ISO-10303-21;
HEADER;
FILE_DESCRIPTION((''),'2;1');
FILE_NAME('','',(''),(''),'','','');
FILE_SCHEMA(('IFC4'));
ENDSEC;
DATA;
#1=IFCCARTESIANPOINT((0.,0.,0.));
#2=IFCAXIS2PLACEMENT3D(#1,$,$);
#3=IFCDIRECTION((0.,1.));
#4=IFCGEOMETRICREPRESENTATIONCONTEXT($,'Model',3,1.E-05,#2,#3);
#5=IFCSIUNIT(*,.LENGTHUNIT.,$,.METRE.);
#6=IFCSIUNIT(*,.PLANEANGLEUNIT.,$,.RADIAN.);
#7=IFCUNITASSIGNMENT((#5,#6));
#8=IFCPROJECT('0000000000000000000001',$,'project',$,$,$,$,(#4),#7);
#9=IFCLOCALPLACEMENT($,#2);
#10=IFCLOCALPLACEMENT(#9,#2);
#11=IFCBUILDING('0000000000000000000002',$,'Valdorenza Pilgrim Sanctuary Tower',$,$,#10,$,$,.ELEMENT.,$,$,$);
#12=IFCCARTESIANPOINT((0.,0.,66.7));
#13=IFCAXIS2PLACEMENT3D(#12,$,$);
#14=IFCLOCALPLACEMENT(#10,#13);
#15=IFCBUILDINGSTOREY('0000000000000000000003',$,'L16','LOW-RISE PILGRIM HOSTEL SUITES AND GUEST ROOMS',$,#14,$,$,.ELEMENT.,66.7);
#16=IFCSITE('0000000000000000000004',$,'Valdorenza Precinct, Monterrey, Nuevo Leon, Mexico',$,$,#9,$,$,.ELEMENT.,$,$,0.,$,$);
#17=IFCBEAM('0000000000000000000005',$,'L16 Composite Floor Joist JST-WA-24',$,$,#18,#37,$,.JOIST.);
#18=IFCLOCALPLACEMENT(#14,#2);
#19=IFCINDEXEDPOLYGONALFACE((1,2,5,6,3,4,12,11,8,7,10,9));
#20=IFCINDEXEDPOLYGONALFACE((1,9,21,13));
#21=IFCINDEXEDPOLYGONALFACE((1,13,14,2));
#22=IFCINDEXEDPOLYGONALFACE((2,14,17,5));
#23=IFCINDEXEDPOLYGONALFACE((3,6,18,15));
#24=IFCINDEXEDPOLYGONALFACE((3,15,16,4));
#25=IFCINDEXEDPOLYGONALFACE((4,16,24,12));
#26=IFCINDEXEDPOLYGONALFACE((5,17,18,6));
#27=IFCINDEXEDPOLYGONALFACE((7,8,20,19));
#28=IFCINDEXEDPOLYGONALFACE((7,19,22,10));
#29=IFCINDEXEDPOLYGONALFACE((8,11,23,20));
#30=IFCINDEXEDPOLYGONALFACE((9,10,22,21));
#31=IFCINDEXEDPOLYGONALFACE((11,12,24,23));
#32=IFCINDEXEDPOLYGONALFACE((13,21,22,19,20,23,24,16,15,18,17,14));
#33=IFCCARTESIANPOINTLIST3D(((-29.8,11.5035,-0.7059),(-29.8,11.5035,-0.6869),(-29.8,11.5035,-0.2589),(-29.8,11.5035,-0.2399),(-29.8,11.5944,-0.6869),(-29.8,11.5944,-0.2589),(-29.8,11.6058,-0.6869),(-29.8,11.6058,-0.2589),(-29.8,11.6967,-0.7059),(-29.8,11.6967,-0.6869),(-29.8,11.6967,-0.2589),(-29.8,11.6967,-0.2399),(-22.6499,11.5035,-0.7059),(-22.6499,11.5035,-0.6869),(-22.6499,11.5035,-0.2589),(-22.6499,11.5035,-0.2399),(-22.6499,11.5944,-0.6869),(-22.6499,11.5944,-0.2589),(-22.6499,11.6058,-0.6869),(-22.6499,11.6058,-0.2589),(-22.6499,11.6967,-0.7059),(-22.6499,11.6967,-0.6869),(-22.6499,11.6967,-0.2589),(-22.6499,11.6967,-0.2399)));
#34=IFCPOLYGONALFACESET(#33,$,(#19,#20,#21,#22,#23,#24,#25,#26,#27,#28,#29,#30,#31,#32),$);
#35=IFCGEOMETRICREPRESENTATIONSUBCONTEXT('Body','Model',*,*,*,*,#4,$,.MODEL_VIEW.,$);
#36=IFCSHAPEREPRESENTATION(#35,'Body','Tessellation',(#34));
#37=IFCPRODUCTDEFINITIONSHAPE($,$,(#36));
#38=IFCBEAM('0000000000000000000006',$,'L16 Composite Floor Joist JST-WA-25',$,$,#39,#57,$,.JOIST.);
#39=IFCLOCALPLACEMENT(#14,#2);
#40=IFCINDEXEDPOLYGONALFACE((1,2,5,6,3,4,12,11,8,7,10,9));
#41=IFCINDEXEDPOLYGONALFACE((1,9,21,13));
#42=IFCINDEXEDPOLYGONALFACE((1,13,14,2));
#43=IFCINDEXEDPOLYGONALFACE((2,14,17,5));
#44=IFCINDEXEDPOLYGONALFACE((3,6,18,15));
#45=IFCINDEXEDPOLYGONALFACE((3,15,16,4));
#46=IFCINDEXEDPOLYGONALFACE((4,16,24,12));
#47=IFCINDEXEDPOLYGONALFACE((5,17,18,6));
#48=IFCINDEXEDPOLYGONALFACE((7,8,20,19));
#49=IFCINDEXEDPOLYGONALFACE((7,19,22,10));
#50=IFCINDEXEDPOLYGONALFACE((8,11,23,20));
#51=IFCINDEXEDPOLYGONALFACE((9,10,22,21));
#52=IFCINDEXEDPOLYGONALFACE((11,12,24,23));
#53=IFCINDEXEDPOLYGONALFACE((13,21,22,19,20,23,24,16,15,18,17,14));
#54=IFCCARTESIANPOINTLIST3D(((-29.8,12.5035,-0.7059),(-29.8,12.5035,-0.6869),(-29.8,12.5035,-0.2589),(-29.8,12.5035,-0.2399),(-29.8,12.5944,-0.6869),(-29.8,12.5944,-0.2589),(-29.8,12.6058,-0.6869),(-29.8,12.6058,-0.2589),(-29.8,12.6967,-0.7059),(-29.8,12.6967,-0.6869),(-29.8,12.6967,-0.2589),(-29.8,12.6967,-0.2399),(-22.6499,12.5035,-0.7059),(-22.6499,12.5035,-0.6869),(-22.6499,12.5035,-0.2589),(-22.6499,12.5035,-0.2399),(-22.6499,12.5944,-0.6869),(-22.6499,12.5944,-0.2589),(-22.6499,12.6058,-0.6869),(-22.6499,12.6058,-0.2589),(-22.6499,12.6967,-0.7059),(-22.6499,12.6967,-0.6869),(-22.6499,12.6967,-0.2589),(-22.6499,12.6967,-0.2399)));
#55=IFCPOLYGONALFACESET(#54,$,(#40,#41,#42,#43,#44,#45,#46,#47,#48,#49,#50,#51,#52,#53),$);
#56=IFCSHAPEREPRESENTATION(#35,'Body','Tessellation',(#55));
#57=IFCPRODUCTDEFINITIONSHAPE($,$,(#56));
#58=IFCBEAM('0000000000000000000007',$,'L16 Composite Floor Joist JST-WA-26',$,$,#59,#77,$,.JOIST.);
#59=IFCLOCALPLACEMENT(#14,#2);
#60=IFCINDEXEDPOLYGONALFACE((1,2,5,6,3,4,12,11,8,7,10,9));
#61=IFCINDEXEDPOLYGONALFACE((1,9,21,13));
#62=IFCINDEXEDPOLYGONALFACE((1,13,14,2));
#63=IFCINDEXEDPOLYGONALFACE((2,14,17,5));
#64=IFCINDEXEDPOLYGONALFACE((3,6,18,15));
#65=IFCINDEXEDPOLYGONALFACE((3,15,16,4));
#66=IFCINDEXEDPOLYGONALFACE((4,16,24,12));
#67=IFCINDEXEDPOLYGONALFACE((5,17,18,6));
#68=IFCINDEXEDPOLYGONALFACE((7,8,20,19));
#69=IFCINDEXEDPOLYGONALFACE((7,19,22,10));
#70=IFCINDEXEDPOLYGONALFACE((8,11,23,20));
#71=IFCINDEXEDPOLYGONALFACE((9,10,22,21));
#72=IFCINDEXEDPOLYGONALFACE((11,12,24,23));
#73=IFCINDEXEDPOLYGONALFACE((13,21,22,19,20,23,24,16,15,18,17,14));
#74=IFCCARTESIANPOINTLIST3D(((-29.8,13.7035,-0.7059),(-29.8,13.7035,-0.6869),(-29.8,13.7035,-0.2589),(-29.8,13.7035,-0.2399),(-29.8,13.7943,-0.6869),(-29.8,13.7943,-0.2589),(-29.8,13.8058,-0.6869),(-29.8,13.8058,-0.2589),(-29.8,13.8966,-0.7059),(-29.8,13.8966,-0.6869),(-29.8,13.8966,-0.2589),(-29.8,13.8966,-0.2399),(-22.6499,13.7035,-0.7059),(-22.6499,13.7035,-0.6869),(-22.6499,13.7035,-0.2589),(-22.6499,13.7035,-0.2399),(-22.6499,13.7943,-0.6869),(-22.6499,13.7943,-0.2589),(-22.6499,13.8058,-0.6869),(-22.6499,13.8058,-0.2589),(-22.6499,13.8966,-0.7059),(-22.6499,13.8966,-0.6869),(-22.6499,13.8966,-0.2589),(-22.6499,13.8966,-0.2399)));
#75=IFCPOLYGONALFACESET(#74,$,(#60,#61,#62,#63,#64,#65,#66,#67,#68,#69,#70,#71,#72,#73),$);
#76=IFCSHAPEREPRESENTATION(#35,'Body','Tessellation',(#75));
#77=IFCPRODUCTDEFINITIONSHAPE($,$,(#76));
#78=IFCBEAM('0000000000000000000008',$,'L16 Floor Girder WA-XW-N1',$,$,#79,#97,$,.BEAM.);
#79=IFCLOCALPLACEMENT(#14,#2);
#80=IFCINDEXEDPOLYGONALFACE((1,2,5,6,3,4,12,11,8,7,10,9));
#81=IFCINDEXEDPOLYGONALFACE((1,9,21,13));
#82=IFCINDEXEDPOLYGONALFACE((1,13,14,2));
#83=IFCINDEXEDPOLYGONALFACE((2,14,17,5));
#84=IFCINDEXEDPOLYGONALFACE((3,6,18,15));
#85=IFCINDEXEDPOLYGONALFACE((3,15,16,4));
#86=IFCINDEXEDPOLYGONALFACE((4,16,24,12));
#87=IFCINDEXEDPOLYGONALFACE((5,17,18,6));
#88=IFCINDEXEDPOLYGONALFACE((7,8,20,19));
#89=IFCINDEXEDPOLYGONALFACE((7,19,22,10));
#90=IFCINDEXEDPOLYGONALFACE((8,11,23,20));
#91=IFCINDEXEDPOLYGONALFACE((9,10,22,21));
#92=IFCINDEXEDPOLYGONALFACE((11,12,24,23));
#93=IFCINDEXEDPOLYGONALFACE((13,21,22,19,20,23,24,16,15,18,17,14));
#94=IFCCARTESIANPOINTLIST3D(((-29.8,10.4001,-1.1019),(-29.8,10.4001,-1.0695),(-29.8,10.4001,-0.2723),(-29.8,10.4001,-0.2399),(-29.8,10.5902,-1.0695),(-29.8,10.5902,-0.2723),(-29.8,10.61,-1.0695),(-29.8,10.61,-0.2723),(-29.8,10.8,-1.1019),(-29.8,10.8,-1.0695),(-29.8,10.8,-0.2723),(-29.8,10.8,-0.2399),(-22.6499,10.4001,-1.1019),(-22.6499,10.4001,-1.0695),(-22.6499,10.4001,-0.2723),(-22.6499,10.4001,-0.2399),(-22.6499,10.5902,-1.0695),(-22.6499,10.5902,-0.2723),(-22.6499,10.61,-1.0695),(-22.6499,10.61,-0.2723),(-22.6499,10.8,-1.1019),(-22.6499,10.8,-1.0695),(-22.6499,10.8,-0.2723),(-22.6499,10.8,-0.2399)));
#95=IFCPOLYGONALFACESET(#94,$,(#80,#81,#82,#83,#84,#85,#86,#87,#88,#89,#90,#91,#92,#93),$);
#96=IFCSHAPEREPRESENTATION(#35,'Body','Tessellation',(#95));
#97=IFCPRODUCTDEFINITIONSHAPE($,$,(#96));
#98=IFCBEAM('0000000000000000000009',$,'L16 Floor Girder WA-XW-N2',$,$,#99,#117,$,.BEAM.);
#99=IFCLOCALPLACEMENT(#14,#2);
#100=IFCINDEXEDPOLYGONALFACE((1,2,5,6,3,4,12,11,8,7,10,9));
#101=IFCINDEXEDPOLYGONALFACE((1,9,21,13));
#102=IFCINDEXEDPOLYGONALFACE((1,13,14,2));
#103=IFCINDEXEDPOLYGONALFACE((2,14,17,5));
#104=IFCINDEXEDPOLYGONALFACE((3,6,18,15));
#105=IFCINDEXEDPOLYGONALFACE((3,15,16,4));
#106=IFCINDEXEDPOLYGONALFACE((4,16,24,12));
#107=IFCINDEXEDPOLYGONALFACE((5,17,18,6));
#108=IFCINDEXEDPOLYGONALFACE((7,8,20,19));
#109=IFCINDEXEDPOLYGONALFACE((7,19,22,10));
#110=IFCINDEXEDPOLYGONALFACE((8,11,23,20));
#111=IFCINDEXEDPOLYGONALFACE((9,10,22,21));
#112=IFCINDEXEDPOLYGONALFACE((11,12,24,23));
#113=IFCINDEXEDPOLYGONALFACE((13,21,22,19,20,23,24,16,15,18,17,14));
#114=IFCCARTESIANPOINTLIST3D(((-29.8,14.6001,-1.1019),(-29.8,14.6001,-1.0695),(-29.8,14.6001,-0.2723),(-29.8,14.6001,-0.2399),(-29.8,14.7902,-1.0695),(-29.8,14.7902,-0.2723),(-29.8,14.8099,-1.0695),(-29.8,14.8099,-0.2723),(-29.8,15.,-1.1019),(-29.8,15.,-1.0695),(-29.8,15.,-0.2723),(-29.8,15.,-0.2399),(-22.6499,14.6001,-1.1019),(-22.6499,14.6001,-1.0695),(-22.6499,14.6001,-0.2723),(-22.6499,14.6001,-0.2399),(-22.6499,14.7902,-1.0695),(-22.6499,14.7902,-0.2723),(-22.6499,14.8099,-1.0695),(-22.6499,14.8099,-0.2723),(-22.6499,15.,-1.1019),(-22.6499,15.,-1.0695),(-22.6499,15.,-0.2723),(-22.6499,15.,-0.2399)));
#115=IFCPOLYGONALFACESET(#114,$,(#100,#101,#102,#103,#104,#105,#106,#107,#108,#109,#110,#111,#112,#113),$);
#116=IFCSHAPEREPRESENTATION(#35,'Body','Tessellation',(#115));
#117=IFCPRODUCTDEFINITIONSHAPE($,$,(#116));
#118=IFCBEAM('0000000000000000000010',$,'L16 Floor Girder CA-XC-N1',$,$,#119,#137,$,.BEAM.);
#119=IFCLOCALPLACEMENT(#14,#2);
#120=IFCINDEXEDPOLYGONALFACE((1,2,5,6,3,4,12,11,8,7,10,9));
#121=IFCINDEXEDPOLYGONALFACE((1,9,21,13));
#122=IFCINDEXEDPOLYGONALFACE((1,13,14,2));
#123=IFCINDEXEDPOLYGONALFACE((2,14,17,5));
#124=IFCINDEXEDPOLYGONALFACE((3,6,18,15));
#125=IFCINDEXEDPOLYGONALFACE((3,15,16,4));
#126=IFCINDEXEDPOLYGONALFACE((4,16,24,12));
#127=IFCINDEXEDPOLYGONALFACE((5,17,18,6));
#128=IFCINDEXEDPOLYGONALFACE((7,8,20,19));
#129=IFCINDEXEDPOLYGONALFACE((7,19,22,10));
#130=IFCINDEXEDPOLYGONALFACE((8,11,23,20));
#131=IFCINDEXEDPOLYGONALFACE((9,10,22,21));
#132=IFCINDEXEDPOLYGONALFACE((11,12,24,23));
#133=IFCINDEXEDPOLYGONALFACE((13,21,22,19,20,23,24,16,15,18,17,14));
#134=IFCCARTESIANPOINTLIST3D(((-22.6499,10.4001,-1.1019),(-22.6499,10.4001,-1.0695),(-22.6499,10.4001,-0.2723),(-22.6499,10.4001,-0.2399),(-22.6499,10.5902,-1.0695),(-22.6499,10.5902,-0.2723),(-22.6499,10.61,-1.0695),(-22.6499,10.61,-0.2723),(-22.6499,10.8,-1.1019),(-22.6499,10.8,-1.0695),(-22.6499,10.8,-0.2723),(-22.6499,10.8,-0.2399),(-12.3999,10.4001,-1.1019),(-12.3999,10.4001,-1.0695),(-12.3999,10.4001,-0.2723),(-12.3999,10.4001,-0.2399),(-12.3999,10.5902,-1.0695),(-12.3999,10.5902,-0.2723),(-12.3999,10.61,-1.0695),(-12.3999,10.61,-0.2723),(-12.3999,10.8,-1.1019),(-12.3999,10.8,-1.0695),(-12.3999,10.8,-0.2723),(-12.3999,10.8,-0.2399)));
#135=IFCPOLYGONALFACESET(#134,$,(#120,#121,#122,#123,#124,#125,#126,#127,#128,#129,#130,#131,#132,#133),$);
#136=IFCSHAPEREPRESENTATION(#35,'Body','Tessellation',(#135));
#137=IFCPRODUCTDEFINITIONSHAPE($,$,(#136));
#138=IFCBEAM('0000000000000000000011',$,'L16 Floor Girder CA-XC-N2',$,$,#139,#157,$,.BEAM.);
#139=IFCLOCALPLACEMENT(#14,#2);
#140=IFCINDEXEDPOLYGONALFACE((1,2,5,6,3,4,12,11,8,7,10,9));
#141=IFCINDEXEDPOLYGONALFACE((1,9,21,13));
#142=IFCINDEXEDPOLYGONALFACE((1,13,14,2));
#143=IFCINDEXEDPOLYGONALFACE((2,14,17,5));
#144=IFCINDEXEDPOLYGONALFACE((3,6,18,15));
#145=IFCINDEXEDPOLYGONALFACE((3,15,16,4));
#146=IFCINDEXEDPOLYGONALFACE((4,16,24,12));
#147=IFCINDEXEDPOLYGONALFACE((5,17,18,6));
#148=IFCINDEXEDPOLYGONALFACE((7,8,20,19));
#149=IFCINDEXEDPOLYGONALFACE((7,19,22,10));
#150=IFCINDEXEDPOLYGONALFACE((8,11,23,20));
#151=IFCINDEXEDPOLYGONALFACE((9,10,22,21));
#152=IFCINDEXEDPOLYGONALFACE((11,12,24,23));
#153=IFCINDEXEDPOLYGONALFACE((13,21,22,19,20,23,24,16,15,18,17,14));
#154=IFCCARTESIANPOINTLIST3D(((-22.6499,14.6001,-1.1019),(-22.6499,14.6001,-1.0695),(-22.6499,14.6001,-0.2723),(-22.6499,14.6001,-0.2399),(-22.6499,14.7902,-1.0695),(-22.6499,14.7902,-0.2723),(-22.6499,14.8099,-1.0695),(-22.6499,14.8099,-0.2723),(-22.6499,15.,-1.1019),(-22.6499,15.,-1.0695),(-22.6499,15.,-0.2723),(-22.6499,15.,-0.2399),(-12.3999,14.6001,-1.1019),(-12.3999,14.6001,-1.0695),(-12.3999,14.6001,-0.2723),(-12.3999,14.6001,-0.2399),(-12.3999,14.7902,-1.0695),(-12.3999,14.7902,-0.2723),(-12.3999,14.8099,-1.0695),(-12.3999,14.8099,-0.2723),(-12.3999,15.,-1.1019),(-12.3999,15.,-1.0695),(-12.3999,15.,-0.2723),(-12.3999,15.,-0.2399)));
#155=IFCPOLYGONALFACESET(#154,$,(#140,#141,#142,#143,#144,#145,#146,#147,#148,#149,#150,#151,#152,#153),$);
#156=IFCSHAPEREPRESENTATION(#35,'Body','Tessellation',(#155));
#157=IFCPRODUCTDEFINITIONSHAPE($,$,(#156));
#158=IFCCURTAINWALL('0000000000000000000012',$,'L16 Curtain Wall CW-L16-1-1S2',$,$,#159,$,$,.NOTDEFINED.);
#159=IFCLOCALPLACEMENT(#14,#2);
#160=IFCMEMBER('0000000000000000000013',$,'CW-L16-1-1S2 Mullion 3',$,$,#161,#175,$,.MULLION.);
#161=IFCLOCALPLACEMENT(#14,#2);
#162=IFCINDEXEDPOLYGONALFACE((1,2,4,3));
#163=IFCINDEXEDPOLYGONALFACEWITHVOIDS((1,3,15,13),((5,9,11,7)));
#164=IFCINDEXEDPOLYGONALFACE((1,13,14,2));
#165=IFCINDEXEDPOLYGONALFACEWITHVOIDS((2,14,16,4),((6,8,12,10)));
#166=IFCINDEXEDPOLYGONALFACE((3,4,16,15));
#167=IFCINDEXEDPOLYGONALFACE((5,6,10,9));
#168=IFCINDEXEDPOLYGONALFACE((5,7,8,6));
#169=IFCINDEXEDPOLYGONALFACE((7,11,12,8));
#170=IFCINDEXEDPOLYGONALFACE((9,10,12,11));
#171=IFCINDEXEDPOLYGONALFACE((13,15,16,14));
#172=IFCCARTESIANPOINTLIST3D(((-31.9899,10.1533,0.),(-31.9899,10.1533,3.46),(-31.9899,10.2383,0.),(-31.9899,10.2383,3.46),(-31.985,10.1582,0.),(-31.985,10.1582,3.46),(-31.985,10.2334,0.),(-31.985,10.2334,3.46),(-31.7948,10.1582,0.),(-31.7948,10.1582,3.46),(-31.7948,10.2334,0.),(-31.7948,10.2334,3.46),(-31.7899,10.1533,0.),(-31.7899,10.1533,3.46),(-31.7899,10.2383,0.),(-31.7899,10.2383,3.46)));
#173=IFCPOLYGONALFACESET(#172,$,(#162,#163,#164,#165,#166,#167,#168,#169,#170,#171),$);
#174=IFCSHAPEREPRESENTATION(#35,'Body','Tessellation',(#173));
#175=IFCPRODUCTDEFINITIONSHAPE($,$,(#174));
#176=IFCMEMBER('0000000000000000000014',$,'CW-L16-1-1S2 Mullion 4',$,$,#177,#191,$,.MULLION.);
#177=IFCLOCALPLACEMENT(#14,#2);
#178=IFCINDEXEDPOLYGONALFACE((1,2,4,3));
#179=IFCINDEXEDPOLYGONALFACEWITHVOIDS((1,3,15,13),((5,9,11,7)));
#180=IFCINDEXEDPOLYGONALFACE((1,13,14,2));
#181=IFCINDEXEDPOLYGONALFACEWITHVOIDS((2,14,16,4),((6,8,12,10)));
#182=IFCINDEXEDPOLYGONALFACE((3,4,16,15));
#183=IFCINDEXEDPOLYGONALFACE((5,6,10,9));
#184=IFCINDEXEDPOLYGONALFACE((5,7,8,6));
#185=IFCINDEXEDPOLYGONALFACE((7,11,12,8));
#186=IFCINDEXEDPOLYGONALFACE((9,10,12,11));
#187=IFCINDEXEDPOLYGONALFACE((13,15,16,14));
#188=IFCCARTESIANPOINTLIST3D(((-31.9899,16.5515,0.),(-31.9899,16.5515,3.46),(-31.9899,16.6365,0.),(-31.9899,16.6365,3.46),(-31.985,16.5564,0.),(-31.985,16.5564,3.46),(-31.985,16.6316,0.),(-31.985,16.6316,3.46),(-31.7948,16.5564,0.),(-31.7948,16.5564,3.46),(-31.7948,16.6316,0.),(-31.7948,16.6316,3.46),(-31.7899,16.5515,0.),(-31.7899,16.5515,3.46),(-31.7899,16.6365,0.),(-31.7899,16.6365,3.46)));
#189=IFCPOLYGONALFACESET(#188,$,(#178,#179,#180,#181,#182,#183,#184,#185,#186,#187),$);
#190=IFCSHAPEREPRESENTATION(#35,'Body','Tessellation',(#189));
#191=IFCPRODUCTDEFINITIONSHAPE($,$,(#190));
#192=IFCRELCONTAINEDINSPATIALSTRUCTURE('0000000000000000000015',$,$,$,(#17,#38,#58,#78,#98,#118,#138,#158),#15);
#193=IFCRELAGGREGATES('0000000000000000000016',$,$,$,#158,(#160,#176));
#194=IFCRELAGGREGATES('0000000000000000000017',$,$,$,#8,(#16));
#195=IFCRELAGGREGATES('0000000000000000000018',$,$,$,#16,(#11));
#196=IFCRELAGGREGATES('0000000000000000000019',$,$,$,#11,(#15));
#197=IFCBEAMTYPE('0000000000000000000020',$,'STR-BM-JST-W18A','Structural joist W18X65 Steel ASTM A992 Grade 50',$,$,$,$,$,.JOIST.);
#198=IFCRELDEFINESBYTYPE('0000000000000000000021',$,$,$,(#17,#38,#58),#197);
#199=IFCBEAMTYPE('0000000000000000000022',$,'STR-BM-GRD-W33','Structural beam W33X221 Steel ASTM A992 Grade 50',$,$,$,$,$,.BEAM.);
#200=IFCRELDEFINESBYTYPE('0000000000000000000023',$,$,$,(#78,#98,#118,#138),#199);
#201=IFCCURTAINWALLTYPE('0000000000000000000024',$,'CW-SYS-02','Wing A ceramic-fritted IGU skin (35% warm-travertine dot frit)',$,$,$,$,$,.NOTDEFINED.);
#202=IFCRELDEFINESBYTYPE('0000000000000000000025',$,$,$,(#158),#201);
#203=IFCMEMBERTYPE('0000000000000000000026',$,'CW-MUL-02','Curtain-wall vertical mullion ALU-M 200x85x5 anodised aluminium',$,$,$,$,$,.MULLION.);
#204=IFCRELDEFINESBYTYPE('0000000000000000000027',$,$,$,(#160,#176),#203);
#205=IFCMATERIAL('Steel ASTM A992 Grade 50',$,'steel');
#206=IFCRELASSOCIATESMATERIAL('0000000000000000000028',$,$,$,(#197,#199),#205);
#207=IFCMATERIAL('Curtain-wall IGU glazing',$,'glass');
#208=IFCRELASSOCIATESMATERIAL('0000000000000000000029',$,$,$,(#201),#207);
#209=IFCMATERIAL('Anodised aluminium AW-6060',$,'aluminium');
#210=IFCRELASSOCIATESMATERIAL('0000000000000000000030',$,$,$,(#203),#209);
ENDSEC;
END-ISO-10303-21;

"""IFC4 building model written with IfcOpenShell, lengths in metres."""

from ifc_helpers import new_model, si_unit, direction, frame, origin, origin_2d, place, context, subcontext, project, spatial, hollow_rectangle, i_section, extrude, source, transform, mapped, material, material_profile, profile_set, type_object, element, aggregate, save


model = new_model("IFC4")

# Units and contexts
model_context = context("Model", 3, precision=1e-05, world=origin(), true_north=direction((0.0, 1.0)))
body_context = subcontext(model_context, "Body", "Model", "MODEL_VIEW")
ifc_project = project(units=[si_unit("LENGTHUNIT", "METRE"), si_unit("PLANEANGLEUNIT", "RADIAN")], contexts=[model_context])

# Site, building, storey
site_placement = place(None, origin())
site = spatial("IfcSite", under=ifc_project, at=site_placement, Name="Valdorenza Precinct, Monterrey, Nuevo Leon, Mexico", CompositionType="ELEMENT", RefElevation=0.0)
building_placement = place(site_placement, origin())
building = spatial("IfcBuilding", under=site, at=building_placement, Name="Valdorenza Pilgrim Sanctuary Tower", CompositionType="ELEMENT")
storey_placement = place(building_placement, frame((0.0, 0.0, 66.7)))
storey = spatial("IfcBuildingStorey", under=building, at=storey_placement, Name="L16", Description="LOW-RISE PILGRIM HOSTEL SUITES AND GUEST ROOMS", CompositionType="ELEMENT", Elevation=66.7)

# Beams
ifc_material_1 = material(Name="Steel ASTM A992 Grade 50", Category="steel")
ifc_material_profile_1 = material_profile(ifc_material_1, i_section(OverallWidth=0.1931, OverallDepth=0.4661, WebThickness=0.0115, FlangeThickness=0.019, at=origin_2d()), Name="W18X65")
ifc_profile_set_1 = profile_set([ifc_material_profile_1], Name="Steel ASTM A992 Grade 50")
beam_type_1 = type_object("IfcBeamType", Name="STR-BM-JST-W18A", Description="Structural joist W18X65 Steel ASTM A992 Grade 50", PredefinedType="JOIST", material=ifc_profile_set_1)
shared_shape_1 = source(origin(), body_context, "Body", "SweptSolid", [
    extrude(i_section(OverallWidth=0.1931, OverallDepth=0.4661, WebThickness=0.0115, FlangeThickness=0.019, at=origin_2d()), origin(), (0.0, 0.0, 1.0), 7.1501),
])
for number, where, z_axis, x_axis, name in (
    (1, (-29.8, 11.6001, -0.4729), (1.0, 0.0, 0.0), (0.0, 1.0, 0.0), "L16 Composite Floor Joist JST-WA-24"),
    (2, (-29.8, 12.6001, -0.4729), (1.0, 0.0, 0.0), (0.0, 1.0, 0.0), "L16 Composite Floor Joist JST-WA-25"),
    (3, (-29.8, 13.8, -0.4729), (1.0, 0.0, 0.0), (0.0, 1.0, 0.0), "L16 Composite Floor Joist JST-WA-26"),
):
    element("IfcBeam", number, at=place(storey_placement, frame(where, z_axis=z_axis, x_axis=x_axis)), inside=storey, type_object=beam_type_1, Name=name, PredefinedType="JOIST", context=body_context, shape_type="MappedRepresentation", body=[
        mapped(shared_shape_1, transform((0.0, 0.0, 0.0), x_axis=(1.0, 0.0, 0.0), y_axis=(0.0, 1.0, 0.0), z_axis=(0.0, 0.0, 1.0), scale=1.0)),
    ])
ifc_material_profile_2 = material_profile(ifc_material_1, i_section(OverallWidth=0.3999, OverallDepth=0.8621, WebThickness=0.0198, FlangeThickness=0.0325, at=origin_2d()), Name="W33X221")
ifc_profile_set_2 = profile_set([ifc_material_profile_2], Name="Steel ASTM A992 Grade 50")
beam_type_2 = type_object("IfcBeamType", Name="STR-BM-GRD-W33", Description="Structural beam W33X221 Steel ASTM A992 Grade 50", PredefinedType="BEAM", material=ifc_profile_set_2)
shared_shape_2 = source(origin(), body_context, "Body", "SweptSolid", [
    extrude(i_section(OverallWidth=0.3999, OverallDepth=0.8621, WebThickness=0.0198, FlangeThickness=0.0325, at=origin_2d()), origin(), (0.0, 0.0, 1.0), 7.1501),
])
for number, where, z_axis, x_axis, name in (
    (4, (-29.8, 10.6001, -0.6709), (1.0, 0.0, 0.0), (0.0, 1.0, 0.0), "L16 Floor Girder WA-XW-N1"),
    (5, (-29.8, 14.8, -0.6709), (1.0, 0.0, 0.0), (0.0, 1.0, 0.0), "L16 Floor Girder WA-XW-N2"),
):
    element("IfcBeam", number, at=place(storey_placement, frame(where, z_axis=z_axis, x_axis=x_axis)), inside=storey, type_object=beam_type_2, Name=name, PredefinedType="BEAM", context=body_context, shape_type="MappedRepresentation", body=[
        mapped(shared_shape_2, transform((0.0, 0.0, 0.0), x_axis=(1.0, 0.0, 0.0), y_axis=(0.0, 1.0, 0.0), z_axis=(0.0, 0.0, 1.0), scale=1.0)),
    ])
shared_shape_3 = source(origin(), body_context, "Body", "SweptSolid", [
    extrude(i_section(OverallWidth=0.3999, OverallDepth=0.8621, WebThickness=0.0198, FlangeThickness=0.0325, at=origin_2d()), origin(), (0.0, 0.0, 1.0), 10.25),
])
for number, where, z_axis, x_axis, name in (
    (6, (-22.6499, 10.6001, -0.6709), (1.0, 0.0, 0.0), (0.0, 1.0, 0.0), "L16 Floor Girder CA-XC-N1"),
    (7, (-22.6499, 14.8, -0.6709), (1.0, 0.0, 0.0), (0.0, 1.0, 0.0), "L16 Floor Girder CA-XC-N2"),
):
    element("IfcBeam", number, at=place(storey_placement, frame(where, z_axis=z_axis, x_axis=x_axis)), inside=storey, type_object=beam_type_2, Name=name, PredefinedType="BEAM", context=body_context, shape_type="MappedRepresentation", body=[
        mapped(shared_shape_3, transform((0.0, 0.0, 0.0), x_axis=(1.0, 0.0, 0.0), y_axis=(0.0, 1.0, 0.0), z_axis=(0.0, 0.0, 1.0), scale=1.0)),
    ])

# Curtain wall, members
ifc_material_2 = material(Name="Curtain-wall IGU glazing", Category="glass")
curtain_wall_type = type_object("IfcCurtainWallType", Name="CW-SYS-02", Description="Wing A ceramic-fritted IGU skin (35% warm-travertine dot frit)", PredefinedType="NOTDEFINED", material=ifc_material_2)
curtain_wall_1_placement = place(storey_placement, origin())
curtain_wall_1 = element("IfcCurtainWall", 8, at=curtain_wall_1_placement, inside=storey, type_object=curtain_wall_type, Name="L16 Curtain Wall CW-L16-1-1S2", PredefinedType="NOTDEFINED")
ifc_material_3 = material(Name="Anodised aluminium AW-6060", Category="aluminium")
ifc_material_profile_3 = material_profile(ifc_material_3, hollow_rectangle(XDim=0.085, YDim=0.2, WallThickness=0.0049, at=origin_2d()), Name="ALU-M 200x85x5")
ifc_profile_set_3 = profile_set([ifc_material_profile_3], Name="Anodised aluminium AW-6060")
member_type_1 = type_object("IfcMemberType", Name="CW-MUL-02", Description="Curtain-wall vertical mullion ALU-M 200x85x5 anodised aluminium", PredefinedType="MULLION", material=ifc_profile_set_3)
shared_shape_4 = source(origin(), body_context, "Body", "SweptSolid", [
    extrude(hollow_rectangle(XDim=0.085, YDim=0.2, WallThickness=0.0049, at=origin_2d()), origin(), (0.0, 0.0, 1.0), 3.46),
])
member_1_placement = place(storey_placement, frame((-31.8899, 10.1958, 0.0), z_axis=(0.0, 0.0, 1.0), x_axis=(0.0, 1.0, 0.0)))
member_1 = element("IfcMember", 9, at=member_1_placement, type_object=member_type_1, Name="CW-L16-1-1S2 Mullion 3", PredefinedType="MULLION", context=body_context, shape_type="MappedRepresentation", body=[
    mapped(shared_shape_4, transform((0.0, 0.0, 0.0), x_axis=(1.0, 0.0, 0.0), y_axis=(0.0, 1.0, 0.0), z_axis=(0.0, 0.0, 1.0), scale=1.0)),
])
member_2_placement = place(storey_placement, frame((-31.8899, 16.594, 0.0), z_axis=(0.0, 0.0, 1.0), x_axis=(0.0, 1.0, 0.0)))
member_2 = element("IfcMember", 10, at=member_2_placement, type_object=member_type_1, Name="CW-L16-1-1S2 Mullion 4", PredefinedType="MULLION", context=body_context, shape_type="MappedRepresentation", body=[
    mapped(shared_shape_4, transform((0.0, 0.0, 0.0), x_axis=(1.0, 0.0, 0.0), y_axis=(0.0, 1.0, 0.0), z_axis=(0.0, 0.0, 1.0), scale=1.0)),
])

aggregate(curtain_wall_1, [member_1, member_2])

save(model, "model.ifc")
